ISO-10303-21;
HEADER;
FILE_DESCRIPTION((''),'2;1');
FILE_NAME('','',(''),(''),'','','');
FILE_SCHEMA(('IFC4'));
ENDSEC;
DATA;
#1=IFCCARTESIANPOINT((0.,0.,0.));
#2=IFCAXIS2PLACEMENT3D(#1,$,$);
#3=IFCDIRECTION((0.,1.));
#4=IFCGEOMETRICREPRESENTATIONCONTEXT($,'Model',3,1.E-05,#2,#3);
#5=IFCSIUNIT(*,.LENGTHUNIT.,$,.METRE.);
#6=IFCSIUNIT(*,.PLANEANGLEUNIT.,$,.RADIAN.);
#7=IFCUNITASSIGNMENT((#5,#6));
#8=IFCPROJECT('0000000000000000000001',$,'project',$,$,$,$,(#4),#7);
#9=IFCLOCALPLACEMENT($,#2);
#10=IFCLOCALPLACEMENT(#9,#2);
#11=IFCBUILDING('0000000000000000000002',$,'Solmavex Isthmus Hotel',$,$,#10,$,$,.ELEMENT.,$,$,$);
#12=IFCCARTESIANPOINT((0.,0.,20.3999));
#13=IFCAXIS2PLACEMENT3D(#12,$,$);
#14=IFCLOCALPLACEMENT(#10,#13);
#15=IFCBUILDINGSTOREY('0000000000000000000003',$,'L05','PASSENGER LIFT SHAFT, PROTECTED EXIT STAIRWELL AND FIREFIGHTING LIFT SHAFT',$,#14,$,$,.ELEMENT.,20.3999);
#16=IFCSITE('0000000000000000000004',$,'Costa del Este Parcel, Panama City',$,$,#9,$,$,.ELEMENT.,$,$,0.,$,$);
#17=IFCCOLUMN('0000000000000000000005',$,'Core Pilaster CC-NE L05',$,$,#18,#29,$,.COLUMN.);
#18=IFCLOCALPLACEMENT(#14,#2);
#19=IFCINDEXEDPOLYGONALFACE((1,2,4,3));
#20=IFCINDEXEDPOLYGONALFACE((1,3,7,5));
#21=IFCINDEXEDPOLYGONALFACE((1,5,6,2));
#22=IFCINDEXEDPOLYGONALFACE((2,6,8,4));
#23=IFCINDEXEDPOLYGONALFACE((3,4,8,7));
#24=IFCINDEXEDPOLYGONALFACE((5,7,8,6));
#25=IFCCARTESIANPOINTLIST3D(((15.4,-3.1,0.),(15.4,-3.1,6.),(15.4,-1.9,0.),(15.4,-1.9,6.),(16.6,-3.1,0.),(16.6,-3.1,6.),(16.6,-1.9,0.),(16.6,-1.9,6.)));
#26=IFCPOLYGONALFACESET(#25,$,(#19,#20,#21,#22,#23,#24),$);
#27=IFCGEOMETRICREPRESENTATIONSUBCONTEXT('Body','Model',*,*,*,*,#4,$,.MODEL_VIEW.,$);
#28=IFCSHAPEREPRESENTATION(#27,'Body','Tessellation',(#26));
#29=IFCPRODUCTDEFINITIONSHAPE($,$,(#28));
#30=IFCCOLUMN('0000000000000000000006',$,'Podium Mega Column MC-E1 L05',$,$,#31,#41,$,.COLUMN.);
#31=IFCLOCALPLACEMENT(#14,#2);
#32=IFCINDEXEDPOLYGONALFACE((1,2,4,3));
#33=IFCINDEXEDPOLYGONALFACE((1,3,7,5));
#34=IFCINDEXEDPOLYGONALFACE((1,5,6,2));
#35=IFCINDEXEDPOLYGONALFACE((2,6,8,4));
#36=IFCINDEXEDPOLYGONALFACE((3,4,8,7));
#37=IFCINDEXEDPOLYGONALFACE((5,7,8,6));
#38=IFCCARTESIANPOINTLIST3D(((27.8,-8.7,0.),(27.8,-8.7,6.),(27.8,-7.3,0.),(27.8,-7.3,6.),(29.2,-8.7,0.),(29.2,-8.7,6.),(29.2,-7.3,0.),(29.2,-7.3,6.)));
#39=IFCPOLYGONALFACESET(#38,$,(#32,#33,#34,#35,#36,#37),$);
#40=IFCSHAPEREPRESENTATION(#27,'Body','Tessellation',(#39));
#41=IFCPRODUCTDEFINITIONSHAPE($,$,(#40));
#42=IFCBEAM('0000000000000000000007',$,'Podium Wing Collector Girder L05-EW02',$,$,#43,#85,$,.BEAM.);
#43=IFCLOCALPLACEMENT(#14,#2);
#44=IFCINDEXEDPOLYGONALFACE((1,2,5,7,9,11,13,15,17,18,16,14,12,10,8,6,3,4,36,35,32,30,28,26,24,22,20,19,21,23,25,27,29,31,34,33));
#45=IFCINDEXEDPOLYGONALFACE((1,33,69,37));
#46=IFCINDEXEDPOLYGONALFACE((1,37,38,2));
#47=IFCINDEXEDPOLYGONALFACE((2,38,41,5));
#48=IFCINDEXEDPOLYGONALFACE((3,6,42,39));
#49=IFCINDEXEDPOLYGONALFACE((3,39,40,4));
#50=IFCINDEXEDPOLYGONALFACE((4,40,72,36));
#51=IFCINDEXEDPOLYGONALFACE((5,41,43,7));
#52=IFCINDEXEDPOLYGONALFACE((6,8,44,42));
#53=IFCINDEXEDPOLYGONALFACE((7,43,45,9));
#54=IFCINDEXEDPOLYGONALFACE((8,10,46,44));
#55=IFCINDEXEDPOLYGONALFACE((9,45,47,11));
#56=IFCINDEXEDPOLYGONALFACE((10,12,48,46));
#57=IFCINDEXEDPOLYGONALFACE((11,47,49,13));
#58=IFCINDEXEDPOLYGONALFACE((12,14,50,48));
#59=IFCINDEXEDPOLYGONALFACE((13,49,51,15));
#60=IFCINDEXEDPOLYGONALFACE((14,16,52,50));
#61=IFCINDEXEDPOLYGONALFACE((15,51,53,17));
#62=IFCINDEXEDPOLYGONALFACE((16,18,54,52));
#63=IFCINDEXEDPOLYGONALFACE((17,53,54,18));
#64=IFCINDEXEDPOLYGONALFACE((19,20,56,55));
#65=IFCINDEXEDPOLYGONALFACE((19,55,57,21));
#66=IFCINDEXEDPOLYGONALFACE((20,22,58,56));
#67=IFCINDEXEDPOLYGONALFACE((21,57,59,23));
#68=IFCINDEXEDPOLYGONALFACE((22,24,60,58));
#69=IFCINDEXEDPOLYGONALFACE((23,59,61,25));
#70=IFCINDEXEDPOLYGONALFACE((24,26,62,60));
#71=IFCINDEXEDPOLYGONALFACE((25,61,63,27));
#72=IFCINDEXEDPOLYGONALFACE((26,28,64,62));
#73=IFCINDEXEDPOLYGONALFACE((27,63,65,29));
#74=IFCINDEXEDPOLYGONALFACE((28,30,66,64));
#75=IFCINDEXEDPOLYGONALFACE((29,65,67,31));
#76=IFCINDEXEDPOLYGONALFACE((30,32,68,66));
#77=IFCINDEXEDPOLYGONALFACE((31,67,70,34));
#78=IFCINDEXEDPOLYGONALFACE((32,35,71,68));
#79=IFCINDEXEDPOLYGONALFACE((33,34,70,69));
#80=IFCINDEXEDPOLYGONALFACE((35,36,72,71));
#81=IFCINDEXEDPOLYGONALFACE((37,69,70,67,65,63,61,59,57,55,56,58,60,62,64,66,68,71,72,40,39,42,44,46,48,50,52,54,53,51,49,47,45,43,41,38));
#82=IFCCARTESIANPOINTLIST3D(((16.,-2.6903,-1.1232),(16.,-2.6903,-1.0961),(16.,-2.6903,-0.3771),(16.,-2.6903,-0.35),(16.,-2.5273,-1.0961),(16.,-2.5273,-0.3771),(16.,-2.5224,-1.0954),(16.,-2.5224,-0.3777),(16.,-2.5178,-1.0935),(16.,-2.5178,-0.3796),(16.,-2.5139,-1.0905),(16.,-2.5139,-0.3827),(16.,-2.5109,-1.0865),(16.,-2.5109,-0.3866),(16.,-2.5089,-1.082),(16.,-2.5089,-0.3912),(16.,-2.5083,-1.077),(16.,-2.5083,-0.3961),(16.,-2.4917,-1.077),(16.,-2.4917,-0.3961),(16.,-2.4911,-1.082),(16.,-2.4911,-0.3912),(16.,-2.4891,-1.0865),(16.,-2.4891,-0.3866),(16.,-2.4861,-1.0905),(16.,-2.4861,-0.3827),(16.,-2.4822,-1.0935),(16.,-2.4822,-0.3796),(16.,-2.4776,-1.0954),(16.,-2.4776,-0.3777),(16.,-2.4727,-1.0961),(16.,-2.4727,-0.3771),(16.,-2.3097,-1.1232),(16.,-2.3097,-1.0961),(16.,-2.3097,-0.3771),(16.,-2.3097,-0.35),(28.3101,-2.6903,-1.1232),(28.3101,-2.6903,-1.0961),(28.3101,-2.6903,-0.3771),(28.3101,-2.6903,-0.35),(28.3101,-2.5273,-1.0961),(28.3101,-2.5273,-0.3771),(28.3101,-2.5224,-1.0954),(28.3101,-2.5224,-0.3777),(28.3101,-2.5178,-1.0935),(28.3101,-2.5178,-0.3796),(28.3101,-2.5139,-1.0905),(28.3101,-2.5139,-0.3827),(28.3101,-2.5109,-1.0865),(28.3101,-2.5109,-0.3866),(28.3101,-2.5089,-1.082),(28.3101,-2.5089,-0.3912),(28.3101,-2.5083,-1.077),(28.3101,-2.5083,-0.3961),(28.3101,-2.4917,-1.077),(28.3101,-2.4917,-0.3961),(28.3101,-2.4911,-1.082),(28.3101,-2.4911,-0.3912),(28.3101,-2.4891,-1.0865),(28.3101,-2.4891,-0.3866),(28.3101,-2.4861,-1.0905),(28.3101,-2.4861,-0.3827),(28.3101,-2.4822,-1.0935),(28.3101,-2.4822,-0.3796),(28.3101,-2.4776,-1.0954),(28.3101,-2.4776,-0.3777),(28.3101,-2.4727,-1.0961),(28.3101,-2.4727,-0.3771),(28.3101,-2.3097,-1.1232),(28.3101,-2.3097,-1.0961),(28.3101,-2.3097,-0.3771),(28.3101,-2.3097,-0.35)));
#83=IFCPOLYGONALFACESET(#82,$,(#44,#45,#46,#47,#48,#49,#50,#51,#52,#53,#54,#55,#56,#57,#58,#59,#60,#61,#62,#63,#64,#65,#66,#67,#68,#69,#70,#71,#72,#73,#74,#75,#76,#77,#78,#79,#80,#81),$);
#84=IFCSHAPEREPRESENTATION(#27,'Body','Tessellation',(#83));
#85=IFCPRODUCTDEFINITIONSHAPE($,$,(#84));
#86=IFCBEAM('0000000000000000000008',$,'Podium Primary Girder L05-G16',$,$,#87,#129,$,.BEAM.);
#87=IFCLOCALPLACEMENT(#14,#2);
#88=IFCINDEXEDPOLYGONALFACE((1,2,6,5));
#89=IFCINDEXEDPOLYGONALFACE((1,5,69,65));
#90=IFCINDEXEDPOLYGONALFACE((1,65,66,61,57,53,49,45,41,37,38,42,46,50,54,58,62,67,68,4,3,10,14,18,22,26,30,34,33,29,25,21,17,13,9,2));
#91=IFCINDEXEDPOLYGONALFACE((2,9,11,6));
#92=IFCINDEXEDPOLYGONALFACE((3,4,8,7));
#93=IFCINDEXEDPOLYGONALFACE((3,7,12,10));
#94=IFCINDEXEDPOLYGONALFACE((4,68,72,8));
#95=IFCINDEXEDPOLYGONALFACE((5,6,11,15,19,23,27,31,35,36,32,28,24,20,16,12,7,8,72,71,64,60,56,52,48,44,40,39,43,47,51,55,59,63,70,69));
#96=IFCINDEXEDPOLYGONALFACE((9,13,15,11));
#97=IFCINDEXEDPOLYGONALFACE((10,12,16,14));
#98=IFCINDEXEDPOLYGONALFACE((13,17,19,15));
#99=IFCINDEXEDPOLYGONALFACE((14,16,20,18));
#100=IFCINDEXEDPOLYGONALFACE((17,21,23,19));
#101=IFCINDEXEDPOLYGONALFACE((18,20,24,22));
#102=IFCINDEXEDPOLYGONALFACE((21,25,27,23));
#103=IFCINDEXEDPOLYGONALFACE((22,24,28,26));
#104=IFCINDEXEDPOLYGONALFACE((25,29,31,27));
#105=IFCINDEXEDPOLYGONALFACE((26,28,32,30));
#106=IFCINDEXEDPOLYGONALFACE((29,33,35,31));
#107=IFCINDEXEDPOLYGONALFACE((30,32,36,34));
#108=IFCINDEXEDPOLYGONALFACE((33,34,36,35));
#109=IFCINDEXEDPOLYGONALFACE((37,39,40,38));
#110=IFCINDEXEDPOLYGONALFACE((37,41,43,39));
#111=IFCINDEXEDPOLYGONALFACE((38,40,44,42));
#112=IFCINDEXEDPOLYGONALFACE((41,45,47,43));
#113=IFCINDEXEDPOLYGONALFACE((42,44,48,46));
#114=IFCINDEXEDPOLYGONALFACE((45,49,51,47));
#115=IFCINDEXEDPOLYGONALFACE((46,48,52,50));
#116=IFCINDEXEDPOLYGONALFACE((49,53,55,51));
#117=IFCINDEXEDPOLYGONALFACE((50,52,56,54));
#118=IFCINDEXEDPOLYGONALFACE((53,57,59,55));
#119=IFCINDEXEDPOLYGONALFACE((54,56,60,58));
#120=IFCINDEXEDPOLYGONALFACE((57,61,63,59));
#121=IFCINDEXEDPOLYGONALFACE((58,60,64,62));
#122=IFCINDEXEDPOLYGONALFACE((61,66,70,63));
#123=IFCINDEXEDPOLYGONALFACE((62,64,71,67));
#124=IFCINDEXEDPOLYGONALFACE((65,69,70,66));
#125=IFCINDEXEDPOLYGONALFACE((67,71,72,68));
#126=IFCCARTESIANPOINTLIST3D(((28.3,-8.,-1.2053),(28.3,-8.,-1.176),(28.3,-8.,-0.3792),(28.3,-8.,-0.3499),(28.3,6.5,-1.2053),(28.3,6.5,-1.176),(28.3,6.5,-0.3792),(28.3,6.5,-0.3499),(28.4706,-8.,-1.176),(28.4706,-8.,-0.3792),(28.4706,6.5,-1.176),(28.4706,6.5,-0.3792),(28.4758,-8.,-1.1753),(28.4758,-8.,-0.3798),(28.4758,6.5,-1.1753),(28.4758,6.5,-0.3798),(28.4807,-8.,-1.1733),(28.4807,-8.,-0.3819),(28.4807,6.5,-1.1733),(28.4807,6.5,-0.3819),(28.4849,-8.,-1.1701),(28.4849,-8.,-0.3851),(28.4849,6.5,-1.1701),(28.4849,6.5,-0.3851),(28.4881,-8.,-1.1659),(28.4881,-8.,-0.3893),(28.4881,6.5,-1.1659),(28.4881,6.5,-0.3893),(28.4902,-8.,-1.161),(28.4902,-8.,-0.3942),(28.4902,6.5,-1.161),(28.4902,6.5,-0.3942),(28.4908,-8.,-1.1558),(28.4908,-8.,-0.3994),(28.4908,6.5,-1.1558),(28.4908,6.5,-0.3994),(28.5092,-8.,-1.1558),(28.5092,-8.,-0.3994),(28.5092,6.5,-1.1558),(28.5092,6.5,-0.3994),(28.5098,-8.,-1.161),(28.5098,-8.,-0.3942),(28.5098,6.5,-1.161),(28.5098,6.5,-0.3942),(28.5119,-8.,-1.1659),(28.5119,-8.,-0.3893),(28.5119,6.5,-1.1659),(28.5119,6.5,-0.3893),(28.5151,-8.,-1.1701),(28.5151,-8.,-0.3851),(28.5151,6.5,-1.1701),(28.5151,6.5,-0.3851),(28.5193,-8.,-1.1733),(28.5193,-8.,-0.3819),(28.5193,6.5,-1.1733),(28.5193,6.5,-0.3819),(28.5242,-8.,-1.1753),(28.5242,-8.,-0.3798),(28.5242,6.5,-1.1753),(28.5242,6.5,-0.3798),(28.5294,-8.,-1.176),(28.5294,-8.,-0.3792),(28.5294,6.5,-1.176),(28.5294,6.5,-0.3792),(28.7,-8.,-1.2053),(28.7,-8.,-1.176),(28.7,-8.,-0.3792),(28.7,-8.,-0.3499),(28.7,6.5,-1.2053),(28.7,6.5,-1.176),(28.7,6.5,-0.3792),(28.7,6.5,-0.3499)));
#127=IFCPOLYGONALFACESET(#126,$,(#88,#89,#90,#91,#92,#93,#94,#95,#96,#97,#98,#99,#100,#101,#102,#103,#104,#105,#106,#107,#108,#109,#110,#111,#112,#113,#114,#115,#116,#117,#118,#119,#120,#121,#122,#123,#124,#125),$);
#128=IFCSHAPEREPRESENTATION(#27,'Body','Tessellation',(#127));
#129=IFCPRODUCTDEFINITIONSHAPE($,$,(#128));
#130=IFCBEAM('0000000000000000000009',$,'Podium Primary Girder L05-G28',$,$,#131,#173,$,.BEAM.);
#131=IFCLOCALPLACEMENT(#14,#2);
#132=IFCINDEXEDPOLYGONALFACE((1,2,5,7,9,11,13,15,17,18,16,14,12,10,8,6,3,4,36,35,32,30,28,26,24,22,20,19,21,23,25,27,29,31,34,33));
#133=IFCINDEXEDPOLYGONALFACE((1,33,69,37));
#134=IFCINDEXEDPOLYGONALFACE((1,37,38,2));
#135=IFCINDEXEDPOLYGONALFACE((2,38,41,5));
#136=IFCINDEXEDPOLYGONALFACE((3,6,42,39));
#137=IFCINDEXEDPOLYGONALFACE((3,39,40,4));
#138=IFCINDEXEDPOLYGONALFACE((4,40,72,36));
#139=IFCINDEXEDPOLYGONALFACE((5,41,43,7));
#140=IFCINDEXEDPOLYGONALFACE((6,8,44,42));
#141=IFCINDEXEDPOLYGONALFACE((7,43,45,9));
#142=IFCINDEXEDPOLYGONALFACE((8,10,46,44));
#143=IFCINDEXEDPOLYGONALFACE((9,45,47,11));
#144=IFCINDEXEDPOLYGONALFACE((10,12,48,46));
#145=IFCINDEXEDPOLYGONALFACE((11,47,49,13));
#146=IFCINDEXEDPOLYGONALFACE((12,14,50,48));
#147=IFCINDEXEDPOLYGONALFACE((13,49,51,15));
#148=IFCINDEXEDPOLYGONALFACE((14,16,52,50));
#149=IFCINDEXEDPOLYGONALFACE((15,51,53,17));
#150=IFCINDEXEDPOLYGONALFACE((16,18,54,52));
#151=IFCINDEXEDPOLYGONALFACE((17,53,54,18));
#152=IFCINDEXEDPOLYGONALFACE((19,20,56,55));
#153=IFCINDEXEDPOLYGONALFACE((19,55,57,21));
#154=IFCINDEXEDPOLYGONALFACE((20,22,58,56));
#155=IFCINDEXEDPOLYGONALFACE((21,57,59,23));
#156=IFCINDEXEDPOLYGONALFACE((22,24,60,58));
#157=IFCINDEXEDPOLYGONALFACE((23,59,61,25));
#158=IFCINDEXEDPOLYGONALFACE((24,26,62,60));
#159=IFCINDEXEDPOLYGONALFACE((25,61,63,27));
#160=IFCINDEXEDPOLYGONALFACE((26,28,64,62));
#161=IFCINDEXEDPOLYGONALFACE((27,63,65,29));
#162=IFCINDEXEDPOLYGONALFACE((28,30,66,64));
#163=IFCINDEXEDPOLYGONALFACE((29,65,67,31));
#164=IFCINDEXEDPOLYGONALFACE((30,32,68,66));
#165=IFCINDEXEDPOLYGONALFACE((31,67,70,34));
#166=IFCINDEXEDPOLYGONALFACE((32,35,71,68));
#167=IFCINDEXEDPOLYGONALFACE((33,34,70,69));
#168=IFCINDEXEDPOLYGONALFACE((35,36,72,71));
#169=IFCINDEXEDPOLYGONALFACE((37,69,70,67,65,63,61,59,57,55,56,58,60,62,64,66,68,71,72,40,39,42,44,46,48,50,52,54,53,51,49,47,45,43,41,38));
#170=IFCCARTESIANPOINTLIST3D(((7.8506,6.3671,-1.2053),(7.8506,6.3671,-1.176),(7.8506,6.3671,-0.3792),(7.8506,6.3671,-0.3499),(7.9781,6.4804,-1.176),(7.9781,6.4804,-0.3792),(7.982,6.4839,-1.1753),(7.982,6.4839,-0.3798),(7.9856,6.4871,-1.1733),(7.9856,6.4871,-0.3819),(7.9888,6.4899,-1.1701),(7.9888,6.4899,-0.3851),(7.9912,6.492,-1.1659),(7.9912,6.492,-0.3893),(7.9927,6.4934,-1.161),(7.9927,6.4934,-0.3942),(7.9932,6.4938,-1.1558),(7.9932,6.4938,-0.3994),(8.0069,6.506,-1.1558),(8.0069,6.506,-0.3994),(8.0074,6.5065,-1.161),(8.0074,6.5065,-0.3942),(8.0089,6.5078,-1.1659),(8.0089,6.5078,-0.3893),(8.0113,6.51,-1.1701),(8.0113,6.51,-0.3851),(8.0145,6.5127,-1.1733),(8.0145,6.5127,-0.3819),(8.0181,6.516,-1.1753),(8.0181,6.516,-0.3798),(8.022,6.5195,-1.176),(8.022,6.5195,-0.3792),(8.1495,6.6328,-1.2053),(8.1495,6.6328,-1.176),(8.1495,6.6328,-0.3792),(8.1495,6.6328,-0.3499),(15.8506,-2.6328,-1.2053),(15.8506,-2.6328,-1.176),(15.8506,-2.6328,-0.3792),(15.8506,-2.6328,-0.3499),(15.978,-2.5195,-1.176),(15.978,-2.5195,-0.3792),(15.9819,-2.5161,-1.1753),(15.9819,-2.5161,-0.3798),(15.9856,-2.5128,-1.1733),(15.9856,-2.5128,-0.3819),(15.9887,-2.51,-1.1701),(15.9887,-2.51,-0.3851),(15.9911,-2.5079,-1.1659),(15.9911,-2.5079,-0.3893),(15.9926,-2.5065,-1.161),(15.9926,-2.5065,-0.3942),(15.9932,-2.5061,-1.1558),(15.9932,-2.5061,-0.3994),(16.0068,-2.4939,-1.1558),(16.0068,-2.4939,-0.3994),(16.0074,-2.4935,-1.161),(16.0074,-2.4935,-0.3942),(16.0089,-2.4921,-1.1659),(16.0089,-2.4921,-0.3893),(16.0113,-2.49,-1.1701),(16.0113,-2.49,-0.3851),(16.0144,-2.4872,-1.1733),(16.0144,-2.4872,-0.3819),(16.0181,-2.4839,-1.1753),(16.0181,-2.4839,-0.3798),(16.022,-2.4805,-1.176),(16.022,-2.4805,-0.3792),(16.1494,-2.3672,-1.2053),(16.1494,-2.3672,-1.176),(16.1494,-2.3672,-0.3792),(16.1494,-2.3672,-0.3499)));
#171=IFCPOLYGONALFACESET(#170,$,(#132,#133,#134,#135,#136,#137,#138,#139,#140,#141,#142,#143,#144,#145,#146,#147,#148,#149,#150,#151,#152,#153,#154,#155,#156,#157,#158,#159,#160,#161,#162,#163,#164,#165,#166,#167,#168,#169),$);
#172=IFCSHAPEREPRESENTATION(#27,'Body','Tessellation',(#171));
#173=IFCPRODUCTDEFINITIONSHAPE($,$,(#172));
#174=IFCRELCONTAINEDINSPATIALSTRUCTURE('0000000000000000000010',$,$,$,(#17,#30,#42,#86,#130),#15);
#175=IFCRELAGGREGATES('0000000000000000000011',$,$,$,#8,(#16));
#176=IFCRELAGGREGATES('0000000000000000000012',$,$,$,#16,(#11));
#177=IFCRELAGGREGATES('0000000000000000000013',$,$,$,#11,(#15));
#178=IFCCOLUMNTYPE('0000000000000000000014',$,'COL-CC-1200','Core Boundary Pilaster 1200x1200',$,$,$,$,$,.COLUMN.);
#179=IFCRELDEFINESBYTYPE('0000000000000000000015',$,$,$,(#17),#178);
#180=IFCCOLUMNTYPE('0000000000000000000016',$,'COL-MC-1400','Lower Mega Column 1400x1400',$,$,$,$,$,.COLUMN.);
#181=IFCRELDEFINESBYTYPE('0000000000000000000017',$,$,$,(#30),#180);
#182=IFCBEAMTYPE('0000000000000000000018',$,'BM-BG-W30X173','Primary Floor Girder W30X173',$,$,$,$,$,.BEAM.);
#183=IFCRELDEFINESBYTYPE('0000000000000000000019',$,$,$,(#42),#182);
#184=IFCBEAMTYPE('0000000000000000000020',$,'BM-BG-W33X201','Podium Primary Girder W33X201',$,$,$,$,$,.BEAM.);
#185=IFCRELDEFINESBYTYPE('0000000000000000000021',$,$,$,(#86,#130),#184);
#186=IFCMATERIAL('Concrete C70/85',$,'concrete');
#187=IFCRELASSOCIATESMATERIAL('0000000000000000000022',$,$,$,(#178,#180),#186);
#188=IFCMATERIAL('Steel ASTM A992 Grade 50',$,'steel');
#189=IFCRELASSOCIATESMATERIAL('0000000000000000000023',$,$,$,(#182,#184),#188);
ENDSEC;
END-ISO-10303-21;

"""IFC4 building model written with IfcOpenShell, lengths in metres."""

from ifc_helpers import new_model, si_unit, direction, frame, origin, origin_2d, place, context, subcontext, project, spatial, rectangle, i_section, extrude, material, material_profile, profile_set, type_object, element, save


model = new_model("IFC4")

# Units and contexts
model_context = context("Model", 3, precision=1e-05, world=origin(), true_north=direction((0.0, 1.0)))
body_context = subcontext(model_context, "Body", "Model", "MODEL_VIEW")
ifc_project = project(units=[si_unit("LENGTHUNIT", "METRE"), si_unit("PLANEANGLEUNIT", "RADIAN")], contexts=[model_context])

# Site, building, storey
site_placement = place(None, origin())
site = spatial("IfcSite", under=ifc_project, at=site_placement, Name="Costa del Este Parcel, Panama City", CompositionType="ELEMENT", RefElevation=0.0)
building_placement = place(site_placement, origin())
building = spatial("IfcBuilding", under=site, at=building_placement, Name="Solmavex Isthmus Hotel", CompositionType="ELEMENT")
storey_placement = place(building_placement, frame((0.0, 0.0, 20.3999)))
storey = spatial("IfcBuildingStorey", under=building, at=storey_placement, Name="L05", Description="PASSENGER LIFT SHAFT, PROTECTED EXIT STAIRWELL AND FIREFIGHTING LIFT SHAFT", CompositionType="ELEMENT", Elevation=20.3999)

# Columns
ifc_material_1 = material(Name="Concrete C70/85", Category="concrete")
ifc_material_profile_1 = material_profile(ifc_material_1, rectangle(XDim=1.2, YDim=1.2, at=origin_2d()), Name="RC1200X1200")
ifc_profile_set_1 = profile_set([ifc_material_profile_1], Name="Concrete C70/85")
column_type_1 = type_object("IfcColumnType", Name="COL-CC-1200", Description="Core Boundary Pilaster 1200x1200", PredefinedType="COLUMN", material=ifc_profile_set_1)
column_1_placement = place(storey_placement, frame((16.0, -2.5, 0.0), z_axis=(0.0, 0.0, 1.0), x_axis=(1.0, 0.0, 0.0)))
element("IfcColumn", 1, at=column_1_placement, inside=storey, type_object=column_type_1, Name="Core Pilaster CC-NE L05", PredefinedType="COLUMN", context=body_context, shape_type="SweptSolid", body=[
    extrude(rectangle(XDim=1.2, YDim=1.2, at=origin_2d()), origin(), (0.0, 0.0, 1.0), 6.0),
])
ifc_material_profile_2 = material_profile(ifc_material_1, rectangle(XDim=1.3999, YDim=1.3999, at=origin_2d()), Name="RC1400X1400")
ifc_profile_set_2 = profile_set([ifc_material_profile_2], Name="Concrete C70/85")
column_type_2 = type_object("IfcColumnType", Name="COL-MC-1400", Description="Lower Mega Column 1400x1400", PredefinedType="COLUMN", material=ifc_profile_set_2)
column_2_placement = place(storey_placement, frame((28.5, -8.0, 0.0), z_axis=(0.0, 0.0, 1.0), x_axis=(1.0, 0.0, 0.0)))
element("IfcColumn", 2, at=column_2_placement, inside=storey, type_object=column_type_2, Name="Podium Mega Column MC-E1 L05", PredefinedType="COLUMN", context=body_context, shape_type="SweptSolid", body=[
    extrude(rectangle(XDim=1.3999, YDim=1.3999, at=origin_2d()), origin(), (0.0, 0.0, 1.0), 6.0),
])

# Beams
ifc_material_2 = material(Name="Steel ASTM A992 Grade 50", Category="steel")
ifc_material_profile_3 = material_profile(ifc_material_2, i_section(OverallWidth=0.3806, OverallDepth=0.7732, WebThickness=0.0166, FlangeThickness=0.0271, FilletRadius=0.019, at=origin_2d()), Name="W30X173")
ifc_profile_set_3 = profile_set([ifc_material_profile_3], Name="Steel ASTM A992 Grade 50")
beam_type_1 = type_object("IfcBeamType", Name="BM-BG-W30X173", Description="Primary Floor Girder W30X173", PredefinedType="BEAM", material=ifc_profile_set_3)
beam_1_placement = place(storey_placement, frame((16.0, -2.5, -0.7366), z_axis=(1.0, 0.0, 0.0), x_axis=(0.0, 1.0, 0.0)))
element("IfcBeam", 3, at=beam_1_placement, inside=storey, type_object=beam_type_1, Name="Podium Wing Collector Girder L05-EW02", PredefinedType="BEAM", context=body_context, shape_type="SweptSolid", body=[
    extrude(i_section(OverallWidth=0.3806, OverallDepth=0.7732, WebThickness=0.0166, FlangeThickness=0.0271, FilletRadius=0.019, at=origin_2d()), origin(), (0.0, 0.0, 1.0), 12.3101),
])
ifc_material_profile_4 = material_profile(ifc_material_2, i_section(OverallWidth=0.3999, OverallDepth=0.8555, WebThickness=0.0183, FlangeThickness=0.0293, FilletRadius=0.0203, at=origin_2d()), Name="W33X201")
ifc_profile_set_4 = profile_set([ifc_material_profile_4], Name="Steel ASTM A992 Grade 50")
beam_type_2 = type_object("IfcBeamType", Name="BM-BG-W33X201", Description="Podium Primary Girder W33X201", PredefinedType="BEAM", material=ifc_profile_set_4)
beam_2_placement = place(storey_placement, frame((28.5, -8.0, -0.7776), z_axis=(0.0, 1.0, 0.0), x_axis=(-1.0, 0.0, 0.0)))
element("IfcBeam", 4, at=beam_2_placement, inside=storey, type_object=beam_type_2, Name="Podium Primary Girder L05-G16", PredefinedType="BEAM", context=body_context, shape_type="SweptSolid", body=[
    extrude(i_section(OverallWidth=0.3999, OverallDepth=0.8555, WebThickness=0.0183, FlangeThickness=0.0293, FilletRadius=0.0203, at=origin_2d()), origin(), (0.0, 0.0, 1.0), 14.5),
])
beam_3_placement = place(storey_placement, frame((16.0, -2.5, -0.7776), z_axis=(-0.664364, 0.747409, 0.0), x_axis=(-0.747409, -0.664364, 0.0)))
element("IfcBeam", 5, at=beam_3_placement, inside=storey, type_object=beam_type_2, Name="Podium Primary Girder L05-G28", PredefinedType="BEAM", context=body_context, shape_type="SweptSolid", body=[
    extrude(i_section(OverallWidth=0.3999, OverallDepth=0.8555, WebThickness=0.0183, FlangeThickness=0.0293, FilletRadius=0.0203, at=origin_2d()), origin(), (0.0, 0.0, 1.0), 12.0415),
])

save(model, "model.ifc")
